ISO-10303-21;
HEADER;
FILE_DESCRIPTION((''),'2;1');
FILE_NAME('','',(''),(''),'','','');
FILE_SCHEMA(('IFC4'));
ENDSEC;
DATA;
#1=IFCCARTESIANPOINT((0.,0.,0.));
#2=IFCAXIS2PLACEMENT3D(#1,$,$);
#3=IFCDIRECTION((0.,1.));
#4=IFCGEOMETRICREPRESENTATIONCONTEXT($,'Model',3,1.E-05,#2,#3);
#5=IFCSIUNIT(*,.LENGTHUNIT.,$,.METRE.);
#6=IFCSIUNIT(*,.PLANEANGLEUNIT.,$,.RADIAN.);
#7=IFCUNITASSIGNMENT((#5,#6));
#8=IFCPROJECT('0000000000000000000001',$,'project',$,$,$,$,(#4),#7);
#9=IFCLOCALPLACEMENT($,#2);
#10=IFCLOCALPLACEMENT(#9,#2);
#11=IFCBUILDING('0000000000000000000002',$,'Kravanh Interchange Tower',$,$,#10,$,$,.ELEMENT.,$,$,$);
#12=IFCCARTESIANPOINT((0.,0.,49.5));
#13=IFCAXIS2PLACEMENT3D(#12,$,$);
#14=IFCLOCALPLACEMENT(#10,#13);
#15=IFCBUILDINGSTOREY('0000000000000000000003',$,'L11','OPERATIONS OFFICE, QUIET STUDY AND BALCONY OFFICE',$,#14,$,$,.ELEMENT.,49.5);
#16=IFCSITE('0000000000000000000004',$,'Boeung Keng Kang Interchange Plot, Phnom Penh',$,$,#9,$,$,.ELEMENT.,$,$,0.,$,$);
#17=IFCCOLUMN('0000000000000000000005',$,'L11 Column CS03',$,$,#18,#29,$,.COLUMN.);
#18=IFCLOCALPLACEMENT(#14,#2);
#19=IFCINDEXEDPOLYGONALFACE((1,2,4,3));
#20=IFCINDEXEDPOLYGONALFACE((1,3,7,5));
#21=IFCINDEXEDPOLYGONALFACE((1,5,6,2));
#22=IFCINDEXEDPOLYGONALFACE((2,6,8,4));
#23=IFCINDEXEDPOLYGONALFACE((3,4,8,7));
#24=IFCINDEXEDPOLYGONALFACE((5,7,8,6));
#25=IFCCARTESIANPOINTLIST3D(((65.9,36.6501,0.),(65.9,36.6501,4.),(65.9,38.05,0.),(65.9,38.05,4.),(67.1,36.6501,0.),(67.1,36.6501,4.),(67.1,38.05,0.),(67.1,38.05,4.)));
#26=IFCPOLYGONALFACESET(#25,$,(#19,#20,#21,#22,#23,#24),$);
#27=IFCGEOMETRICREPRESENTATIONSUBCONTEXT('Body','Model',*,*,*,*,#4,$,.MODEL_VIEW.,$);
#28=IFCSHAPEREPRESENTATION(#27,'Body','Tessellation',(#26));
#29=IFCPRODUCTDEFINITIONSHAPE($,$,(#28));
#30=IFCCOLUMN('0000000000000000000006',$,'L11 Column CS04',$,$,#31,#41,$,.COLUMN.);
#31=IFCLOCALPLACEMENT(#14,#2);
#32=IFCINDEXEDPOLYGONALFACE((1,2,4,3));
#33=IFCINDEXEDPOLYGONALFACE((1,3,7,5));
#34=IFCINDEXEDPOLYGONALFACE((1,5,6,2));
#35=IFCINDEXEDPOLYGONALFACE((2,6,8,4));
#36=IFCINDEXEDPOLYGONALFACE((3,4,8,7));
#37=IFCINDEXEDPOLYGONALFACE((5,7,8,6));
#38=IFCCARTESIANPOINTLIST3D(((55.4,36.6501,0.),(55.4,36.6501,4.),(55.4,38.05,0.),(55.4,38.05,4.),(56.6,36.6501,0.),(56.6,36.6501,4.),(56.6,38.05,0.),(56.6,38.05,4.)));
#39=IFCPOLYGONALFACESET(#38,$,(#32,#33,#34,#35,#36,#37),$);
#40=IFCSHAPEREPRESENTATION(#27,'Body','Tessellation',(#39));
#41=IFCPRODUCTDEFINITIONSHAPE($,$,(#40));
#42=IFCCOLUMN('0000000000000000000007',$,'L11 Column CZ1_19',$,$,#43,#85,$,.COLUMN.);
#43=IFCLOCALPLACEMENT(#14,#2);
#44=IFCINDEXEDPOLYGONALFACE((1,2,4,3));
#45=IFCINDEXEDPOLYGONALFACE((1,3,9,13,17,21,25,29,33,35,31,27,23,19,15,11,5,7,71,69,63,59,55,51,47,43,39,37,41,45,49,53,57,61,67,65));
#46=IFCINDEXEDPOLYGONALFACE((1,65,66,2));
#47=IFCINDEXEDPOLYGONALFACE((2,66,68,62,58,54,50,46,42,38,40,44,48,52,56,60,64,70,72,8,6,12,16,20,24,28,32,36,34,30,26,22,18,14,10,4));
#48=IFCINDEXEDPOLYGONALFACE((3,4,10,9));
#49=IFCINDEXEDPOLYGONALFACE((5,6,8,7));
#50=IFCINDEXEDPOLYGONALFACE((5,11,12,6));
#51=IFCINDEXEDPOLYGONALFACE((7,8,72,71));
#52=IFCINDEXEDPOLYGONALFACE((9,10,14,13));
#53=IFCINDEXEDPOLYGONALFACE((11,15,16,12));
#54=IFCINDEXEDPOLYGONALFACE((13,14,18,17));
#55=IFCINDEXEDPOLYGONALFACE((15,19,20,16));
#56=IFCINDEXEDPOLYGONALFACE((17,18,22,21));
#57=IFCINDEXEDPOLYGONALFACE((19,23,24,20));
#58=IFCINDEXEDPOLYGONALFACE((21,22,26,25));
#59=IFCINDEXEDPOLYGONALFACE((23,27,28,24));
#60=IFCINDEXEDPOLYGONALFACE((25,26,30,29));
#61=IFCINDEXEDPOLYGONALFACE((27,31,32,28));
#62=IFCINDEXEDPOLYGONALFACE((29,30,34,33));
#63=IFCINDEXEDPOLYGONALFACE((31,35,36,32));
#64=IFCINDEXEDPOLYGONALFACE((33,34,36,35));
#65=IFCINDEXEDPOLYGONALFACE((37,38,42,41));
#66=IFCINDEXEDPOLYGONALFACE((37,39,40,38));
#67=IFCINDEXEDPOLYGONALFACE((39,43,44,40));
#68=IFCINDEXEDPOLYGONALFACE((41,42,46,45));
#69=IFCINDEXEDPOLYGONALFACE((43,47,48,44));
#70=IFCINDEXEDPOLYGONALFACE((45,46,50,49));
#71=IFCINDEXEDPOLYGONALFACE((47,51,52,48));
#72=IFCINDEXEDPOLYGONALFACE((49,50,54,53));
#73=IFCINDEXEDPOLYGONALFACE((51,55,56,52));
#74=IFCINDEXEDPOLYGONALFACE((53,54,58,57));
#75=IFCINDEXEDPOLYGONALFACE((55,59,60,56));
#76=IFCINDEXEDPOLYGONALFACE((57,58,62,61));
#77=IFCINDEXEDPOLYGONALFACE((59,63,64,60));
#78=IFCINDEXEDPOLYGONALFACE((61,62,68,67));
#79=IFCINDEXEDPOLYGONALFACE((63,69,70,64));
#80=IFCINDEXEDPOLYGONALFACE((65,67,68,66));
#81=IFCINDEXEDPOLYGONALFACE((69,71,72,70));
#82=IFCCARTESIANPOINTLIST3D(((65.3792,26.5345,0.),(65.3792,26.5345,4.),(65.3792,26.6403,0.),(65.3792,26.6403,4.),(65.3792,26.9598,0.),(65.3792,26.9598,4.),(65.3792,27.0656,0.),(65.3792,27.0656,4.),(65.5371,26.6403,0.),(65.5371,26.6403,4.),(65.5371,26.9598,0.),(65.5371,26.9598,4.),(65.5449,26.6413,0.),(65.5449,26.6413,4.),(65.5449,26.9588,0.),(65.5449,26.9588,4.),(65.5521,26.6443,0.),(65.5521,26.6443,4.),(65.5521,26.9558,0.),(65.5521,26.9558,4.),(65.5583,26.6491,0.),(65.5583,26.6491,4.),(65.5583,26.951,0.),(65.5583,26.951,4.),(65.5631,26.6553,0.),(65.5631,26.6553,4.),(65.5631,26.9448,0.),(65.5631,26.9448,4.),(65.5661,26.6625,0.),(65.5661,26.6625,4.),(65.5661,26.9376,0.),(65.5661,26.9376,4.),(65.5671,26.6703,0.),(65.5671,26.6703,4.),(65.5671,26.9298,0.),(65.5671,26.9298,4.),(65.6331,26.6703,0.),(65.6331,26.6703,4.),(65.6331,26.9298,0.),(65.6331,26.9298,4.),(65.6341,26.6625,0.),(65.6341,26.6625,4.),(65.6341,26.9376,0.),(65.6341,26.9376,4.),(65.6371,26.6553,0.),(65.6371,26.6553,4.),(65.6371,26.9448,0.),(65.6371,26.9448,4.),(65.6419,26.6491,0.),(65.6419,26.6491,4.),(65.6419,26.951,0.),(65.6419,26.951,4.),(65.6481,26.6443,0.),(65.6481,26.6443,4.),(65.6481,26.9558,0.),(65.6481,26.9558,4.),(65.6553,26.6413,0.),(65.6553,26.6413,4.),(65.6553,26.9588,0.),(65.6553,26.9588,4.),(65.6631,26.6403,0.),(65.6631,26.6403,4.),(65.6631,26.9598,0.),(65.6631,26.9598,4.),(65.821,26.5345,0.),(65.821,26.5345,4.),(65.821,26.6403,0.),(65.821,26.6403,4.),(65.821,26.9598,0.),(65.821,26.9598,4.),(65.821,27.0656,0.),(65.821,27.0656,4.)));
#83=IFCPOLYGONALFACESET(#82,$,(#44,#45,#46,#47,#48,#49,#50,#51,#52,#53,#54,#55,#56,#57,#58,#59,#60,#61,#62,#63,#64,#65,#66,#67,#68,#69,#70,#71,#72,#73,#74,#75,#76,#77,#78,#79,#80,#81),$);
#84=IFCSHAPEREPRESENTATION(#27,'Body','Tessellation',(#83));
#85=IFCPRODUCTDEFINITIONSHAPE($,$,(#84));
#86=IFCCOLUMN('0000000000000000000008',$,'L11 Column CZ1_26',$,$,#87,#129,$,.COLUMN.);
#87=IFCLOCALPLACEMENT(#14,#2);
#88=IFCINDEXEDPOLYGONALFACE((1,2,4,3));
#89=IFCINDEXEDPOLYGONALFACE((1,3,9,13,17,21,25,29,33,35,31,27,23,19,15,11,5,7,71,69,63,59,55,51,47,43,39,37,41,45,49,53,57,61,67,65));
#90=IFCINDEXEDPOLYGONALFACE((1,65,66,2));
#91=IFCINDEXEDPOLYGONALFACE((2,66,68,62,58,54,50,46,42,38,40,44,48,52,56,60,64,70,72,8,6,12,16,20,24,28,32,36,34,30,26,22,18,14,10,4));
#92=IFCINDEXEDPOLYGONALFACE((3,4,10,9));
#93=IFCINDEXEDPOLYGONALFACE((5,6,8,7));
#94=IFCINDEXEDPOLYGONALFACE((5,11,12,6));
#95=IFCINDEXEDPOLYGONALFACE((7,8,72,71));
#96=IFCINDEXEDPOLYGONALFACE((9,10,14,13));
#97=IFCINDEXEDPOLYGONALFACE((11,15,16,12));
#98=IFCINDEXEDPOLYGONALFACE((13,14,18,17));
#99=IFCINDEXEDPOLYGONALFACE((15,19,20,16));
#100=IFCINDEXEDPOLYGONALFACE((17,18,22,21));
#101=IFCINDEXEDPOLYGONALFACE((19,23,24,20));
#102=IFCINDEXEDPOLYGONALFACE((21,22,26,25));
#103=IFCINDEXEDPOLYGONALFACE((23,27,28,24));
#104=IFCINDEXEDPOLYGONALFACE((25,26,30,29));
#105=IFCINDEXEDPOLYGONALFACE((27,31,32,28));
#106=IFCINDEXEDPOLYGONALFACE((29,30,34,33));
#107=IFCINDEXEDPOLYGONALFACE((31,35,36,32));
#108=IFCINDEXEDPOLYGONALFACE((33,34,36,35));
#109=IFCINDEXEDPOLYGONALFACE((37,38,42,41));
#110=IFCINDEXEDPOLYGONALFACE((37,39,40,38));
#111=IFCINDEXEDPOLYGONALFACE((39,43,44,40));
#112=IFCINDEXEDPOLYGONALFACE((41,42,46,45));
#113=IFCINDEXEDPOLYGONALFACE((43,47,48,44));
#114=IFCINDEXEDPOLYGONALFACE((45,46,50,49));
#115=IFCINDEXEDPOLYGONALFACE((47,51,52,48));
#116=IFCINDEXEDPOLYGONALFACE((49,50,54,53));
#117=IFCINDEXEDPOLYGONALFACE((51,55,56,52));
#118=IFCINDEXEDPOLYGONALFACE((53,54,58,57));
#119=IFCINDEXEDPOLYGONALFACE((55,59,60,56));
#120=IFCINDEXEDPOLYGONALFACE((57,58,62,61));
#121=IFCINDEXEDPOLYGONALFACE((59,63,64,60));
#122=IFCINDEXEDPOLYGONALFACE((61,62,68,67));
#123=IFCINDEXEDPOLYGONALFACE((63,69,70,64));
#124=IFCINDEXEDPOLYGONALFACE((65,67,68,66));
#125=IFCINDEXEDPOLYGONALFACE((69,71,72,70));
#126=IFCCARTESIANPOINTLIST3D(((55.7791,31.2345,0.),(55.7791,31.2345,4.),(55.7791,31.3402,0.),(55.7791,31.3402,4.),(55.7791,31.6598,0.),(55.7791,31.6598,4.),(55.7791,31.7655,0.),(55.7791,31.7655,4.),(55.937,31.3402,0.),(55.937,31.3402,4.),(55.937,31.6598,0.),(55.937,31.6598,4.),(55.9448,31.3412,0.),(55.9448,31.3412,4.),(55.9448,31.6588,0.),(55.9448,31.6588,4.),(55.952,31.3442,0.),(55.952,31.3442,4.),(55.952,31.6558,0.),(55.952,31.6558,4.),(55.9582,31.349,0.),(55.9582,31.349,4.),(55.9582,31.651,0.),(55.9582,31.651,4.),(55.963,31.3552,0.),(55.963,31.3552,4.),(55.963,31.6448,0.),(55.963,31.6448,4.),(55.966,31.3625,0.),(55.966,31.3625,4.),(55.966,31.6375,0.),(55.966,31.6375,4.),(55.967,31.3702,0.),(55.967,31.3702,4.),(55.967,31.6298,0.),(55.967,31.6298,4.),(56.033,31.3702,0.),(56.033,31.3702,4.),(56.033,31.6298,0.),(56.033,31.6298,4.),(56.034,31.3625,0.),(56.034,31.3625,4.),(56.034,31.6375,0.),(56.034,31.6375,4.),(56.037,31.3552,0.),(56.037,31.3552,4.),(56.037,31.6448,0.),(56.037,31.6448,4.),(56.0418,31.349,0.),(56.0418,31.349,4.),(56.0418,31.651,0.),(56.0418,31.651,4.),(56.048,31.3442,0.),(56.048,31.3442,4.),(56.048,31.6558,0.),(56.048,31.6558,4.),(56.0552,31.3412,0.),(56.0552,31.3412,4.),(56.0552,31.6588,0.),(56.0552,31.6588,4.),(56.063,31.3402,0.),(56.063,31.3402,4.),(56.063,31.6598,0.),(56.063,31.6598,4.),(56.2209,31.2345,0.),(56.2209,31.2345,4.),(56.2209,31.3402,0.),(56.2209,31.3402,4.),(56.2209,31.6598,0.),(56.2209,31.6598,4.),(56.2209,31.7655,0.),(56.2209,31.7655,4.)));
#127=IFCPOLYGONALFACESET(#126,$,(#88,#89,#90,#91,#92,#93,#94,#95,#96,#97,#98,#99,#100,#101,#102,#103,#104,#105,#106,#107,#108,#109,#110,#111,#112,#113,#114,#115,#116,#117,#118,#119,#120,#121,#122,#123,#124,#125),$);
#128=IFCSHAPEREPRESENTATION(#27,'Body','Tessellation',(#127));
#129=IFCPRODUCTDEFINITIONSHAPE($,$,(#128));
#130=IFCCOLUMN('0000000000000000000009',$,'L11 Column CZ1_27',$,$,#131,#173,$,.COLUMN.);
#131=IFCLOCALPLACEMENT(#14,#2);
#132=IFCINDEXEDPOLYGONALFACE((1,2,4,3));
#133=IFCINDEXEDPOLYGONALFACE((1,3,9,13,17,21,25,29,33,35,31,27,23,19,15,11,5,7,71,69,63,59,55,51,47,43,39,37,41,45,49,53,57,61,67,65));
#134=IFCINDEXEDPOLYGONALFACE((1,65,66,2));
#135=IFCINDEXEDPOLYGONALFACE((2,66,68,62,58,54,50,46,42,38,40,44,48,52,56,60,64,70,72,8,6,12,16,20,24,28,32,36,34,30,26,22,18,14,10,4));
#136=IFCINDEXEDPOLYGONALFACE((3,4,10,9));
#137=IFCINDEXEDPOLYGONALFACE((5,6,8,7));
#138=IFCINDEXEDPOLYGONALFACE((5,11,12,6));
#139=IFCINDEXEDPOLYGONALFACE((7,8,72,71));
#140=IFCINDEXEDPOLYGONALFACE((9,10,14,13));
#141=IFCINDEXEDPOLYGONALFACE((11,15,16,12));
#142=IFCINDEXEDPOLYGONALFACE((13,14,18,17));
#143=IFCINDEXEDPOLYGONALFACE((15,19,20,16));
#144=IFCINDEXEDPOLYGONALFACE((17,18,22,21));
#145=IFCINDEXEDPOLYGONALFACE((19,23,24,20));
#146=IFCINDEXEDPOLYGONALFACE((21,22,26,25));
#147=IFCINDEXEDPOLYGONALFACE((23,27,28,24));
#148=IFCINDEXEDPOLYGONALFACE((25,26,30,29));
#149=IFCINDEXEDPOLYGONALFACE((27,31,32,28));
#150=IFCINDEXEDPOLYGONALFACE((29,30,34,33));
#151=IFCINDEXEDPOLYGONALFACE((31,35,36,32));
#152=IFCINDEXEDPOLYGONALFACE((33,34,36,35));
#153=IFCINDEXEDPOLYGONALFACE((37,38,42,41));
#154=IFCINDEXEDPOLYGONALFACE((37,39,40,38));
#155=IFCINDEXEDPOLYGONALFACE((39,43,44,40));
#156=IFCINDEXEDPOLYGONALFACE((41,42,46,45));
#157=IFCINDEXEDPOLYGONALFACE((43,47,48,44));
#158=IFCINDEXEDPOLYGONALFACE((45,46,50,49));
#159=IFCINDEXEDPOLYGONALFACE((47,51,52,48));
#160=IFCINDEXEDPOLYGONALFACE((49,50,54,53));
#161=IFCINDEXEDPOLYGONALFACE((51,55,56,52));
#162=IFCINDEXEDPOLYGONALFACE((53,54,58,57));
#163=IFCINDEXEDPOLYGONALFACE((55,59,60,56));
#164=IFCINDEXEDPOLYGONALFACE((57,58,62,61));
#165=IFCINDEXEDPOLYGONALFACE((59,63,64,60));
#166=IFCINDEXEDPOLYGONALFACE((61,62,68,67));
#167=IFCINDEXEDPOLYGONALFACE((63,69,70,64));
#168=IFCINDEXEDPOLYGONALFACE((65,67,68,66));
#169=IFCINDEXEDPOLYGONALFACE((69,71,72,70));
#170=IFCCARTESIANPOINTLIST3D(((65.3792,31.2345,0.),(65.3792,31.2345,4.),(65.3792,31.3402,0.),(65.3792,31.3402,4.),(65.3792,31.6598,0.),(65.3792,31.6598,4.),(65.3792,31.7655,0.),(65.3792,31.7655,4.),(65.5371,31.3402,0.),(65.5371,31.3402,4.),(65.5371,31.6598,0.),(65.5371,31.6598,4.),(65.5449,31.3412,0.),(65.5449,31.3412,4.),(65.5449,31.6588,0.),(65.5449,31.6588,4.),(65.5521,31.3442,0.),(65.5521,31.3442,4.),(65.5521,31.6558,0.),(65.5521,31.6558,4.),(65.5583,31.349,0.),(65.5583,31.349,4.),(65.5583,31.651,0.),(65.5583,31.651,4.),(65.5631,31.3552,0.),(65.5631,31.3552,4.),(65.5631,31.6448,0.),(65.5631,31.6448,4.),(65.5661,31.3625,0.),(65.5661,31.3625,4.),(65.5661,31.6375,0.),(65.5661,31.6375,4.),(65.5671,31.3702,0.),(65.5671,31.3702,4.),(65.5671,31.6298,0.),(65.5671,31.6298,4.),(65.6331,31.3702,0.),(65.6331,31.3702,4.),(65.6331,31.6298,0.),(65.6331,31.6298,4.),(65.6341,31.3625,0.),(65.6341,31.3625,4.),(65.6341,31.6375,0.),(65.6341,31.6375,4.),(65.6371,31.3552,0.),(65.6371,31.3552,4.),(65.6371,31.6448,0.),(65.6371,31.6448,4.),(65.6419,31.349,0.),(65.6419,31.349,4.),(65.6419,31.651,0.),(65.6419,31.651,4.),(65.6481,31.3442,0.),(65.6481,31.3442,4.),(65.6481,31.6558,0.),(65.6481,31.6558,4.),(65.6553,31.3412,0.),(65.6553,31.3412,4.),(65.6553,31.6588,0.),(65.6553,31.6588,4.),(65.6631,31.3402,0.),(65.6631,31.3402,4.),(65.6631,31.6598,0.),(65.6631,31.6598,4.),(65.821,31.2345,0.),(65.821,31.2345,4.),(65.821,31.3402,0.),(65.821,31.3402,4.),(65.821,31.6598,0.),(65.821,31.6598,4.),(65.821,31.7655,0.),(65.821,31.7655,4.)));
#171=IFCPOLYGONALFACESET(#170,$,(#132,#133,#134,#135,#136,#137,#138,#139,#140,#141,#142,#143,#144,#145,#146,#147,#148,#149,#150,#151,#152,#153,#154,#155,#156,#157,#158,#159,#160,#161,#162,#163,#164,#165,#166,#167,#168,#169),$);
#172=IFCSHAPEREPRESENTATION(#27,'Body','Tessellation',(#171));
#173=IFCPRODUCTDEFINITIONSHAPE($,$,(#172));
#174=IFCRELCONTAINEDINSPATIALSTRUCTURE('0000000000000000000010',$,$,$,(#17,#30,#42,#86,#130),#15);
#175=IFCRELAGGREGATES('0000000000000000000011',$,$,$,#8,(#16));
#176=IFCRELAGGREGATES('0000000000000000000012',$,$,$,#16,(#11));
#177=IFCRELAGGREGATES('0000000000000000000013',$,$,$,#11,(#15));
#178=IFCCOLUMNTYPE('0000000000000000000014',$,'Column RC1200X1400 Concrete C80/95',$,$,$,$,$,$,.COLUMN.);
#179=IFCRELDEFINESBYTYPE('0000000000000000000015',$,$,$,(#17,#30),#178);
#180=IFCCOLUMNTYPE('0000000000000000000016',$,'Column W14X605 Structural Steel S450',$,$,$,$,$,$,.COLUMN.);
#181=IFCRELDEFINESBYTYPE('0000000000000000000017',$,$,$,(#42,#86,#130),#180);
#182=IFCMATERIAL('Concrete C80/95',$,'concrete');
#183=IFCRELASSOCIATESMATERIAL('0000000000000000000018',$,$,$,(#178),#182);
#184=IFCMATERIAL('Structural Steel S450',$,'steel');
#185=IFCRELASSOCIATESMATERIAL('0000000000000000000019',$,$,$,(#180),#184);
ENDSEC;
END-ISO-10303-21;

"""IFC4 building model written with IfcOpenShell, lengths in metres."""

from ifc_helpers import new_model, si_unit, direction, frame, origin, origin_2d, place, context, subcontext, project, spatial, rectangle, i_section, extrude, material, material_profile, profile_set, type_object, element, save


model = new_model("IFC4")

# Units and contexts
model_context = context("Model", 3, precision=1e-05, world=origin(), true_north=direction((0.0, 1.0)))
body_context = subcontext(model_context, "Body", "Model", "MODEL_VIEW")
ifc_project = project(units=[si_unit("LENGTHUNIT", "METRE"), si_unit("PLANEANGLEUNIT", "RADIAN")], contexts=[model_context])

# Site, building, storey
site_placement = place(None, origin())
site = spatial("IfcSite", under=ifc_project, at=site_placement, Name="Boeung Keng Kang Interchange Plot, Phnom Penh", CompositionType="ELEMENT", RefElevation=0.0)
building_placement = place(site_placement, origin())
building = spatial("IfcBuilding", under=site, at=building_placement, Name="Kravanh Interchange Tower", CompositionType="ELEMENT")
storey_placement = place(building_placement, frame((0.0, 0.0, 49.5)))
storey = spatial("IfcBuildingStorey", under=building, at=storey_placement, Name="L11", Description="OPERATIONS OFFICE, QUIET STUDY AND BALCONY OFFICE", CompositionType="ELEMENT", Elevation=49.5)

# Columns
ifc_material_1 = material(Name="Concrete C80/95", Category="concrete")
ifc_material_profile_1 = material_profile(ifc_material_1, rectangle(XDim=1.2, YDim=1.3999, at=origin_2d()), Name="RC1200X1400")
ifc_profile_set_1 = profile_set([ifc_material_profile_1], Name="Concrete C80/95")
column_type_1 = type_object("IfcColumnType", Name="Column RC1200X1400 Concrete C80/95", PredefinedType="COLUMN", material=ifc_profile_set_1)
for number, where, z_axis, x_axis, name in (
    (1, (66.5, 37.3501, 0.0), (0.0, 0.0, 1.0), (1.0, 0.0, 0.0), "L11 Column CS03"),
    (2, (56.0, 37.3501, 0.0), (0.0, 0.0, 1.0), (1.0, 0.0, 0.0), "L11 Column CS04"),
):
    element("IfcColumn", number, at=place(storey_placement, frame(where, z_axis=z_axis, x_axis=x_axis)), inside=storey, type_object=column_type_1, Name=name, PredefinedType="COLUMN", context=body_context, shape_type="SweptSolid", body=[
        extrude(rectangle(XDim=1.2, YDim=1.3999, at=origin_2d()), origin(), (0.0, 0.0, 1.0), 4.0),
    ])
ifc_material_2 = material(Name="Structural Steel S450", Category="steel")
ifc_material_profile_2 = material_profile(ifc_material_2, i_section(OverallWidth=0.4419, OverallDepth=0.531, WebThickness=0.0659, FlangeThickness=0.1057, FilletRadius=0.03, at=origin_2d()), Name="W14X605")
ifc_profile_set_2 = profile_set([ifc_material_profile_2], Name="Structural Steel S450")
column_type_2 = type_object("IfcColumnType", Name="Column W14X605 Structural Steel S450", PredefinedType="COLUMN", material=ifc_profile_set_2)
for number, where, z_axis, x_axis, name in (
    (3, (65.6001, 26.8, 0.0), (0.0, 0.0, 1.0), (1.0, 0.0, 0.0), "L11 Column CZ1_19"),
    (4, (56.0, 31.5, 0.0), (0.0, 0.0, 1.0), (1.0, 0.0, 0.0), "L11 Column CZ1_26"),
    (5, (65.6001, 31.5, 0.0), (0.0, 0.0, 1.0), (1.0, 0.0, 0.0), "L11 Column CZ1_27"),
):
    element("IfcColumn", number, at=place(storey_placement, frame(where, z_axis=z_axis, x_axis=x_axis)), inside=storey, type_object=column_type_2, Name=name, PredefinedType="COLUMN", context=body_context, shape_type="SweptSolid", body=[
        extrude(i_section(OverallWidth=0.4419, OverallDepth=0.531, WebThickness=0.0659, FlangeThickness=0.1057, FilletRadius=0.03, at=origin_2d()), origin(), (0.0, 0.0, 1.0), 4.0),
    ])

save(model, "model.ifc")
